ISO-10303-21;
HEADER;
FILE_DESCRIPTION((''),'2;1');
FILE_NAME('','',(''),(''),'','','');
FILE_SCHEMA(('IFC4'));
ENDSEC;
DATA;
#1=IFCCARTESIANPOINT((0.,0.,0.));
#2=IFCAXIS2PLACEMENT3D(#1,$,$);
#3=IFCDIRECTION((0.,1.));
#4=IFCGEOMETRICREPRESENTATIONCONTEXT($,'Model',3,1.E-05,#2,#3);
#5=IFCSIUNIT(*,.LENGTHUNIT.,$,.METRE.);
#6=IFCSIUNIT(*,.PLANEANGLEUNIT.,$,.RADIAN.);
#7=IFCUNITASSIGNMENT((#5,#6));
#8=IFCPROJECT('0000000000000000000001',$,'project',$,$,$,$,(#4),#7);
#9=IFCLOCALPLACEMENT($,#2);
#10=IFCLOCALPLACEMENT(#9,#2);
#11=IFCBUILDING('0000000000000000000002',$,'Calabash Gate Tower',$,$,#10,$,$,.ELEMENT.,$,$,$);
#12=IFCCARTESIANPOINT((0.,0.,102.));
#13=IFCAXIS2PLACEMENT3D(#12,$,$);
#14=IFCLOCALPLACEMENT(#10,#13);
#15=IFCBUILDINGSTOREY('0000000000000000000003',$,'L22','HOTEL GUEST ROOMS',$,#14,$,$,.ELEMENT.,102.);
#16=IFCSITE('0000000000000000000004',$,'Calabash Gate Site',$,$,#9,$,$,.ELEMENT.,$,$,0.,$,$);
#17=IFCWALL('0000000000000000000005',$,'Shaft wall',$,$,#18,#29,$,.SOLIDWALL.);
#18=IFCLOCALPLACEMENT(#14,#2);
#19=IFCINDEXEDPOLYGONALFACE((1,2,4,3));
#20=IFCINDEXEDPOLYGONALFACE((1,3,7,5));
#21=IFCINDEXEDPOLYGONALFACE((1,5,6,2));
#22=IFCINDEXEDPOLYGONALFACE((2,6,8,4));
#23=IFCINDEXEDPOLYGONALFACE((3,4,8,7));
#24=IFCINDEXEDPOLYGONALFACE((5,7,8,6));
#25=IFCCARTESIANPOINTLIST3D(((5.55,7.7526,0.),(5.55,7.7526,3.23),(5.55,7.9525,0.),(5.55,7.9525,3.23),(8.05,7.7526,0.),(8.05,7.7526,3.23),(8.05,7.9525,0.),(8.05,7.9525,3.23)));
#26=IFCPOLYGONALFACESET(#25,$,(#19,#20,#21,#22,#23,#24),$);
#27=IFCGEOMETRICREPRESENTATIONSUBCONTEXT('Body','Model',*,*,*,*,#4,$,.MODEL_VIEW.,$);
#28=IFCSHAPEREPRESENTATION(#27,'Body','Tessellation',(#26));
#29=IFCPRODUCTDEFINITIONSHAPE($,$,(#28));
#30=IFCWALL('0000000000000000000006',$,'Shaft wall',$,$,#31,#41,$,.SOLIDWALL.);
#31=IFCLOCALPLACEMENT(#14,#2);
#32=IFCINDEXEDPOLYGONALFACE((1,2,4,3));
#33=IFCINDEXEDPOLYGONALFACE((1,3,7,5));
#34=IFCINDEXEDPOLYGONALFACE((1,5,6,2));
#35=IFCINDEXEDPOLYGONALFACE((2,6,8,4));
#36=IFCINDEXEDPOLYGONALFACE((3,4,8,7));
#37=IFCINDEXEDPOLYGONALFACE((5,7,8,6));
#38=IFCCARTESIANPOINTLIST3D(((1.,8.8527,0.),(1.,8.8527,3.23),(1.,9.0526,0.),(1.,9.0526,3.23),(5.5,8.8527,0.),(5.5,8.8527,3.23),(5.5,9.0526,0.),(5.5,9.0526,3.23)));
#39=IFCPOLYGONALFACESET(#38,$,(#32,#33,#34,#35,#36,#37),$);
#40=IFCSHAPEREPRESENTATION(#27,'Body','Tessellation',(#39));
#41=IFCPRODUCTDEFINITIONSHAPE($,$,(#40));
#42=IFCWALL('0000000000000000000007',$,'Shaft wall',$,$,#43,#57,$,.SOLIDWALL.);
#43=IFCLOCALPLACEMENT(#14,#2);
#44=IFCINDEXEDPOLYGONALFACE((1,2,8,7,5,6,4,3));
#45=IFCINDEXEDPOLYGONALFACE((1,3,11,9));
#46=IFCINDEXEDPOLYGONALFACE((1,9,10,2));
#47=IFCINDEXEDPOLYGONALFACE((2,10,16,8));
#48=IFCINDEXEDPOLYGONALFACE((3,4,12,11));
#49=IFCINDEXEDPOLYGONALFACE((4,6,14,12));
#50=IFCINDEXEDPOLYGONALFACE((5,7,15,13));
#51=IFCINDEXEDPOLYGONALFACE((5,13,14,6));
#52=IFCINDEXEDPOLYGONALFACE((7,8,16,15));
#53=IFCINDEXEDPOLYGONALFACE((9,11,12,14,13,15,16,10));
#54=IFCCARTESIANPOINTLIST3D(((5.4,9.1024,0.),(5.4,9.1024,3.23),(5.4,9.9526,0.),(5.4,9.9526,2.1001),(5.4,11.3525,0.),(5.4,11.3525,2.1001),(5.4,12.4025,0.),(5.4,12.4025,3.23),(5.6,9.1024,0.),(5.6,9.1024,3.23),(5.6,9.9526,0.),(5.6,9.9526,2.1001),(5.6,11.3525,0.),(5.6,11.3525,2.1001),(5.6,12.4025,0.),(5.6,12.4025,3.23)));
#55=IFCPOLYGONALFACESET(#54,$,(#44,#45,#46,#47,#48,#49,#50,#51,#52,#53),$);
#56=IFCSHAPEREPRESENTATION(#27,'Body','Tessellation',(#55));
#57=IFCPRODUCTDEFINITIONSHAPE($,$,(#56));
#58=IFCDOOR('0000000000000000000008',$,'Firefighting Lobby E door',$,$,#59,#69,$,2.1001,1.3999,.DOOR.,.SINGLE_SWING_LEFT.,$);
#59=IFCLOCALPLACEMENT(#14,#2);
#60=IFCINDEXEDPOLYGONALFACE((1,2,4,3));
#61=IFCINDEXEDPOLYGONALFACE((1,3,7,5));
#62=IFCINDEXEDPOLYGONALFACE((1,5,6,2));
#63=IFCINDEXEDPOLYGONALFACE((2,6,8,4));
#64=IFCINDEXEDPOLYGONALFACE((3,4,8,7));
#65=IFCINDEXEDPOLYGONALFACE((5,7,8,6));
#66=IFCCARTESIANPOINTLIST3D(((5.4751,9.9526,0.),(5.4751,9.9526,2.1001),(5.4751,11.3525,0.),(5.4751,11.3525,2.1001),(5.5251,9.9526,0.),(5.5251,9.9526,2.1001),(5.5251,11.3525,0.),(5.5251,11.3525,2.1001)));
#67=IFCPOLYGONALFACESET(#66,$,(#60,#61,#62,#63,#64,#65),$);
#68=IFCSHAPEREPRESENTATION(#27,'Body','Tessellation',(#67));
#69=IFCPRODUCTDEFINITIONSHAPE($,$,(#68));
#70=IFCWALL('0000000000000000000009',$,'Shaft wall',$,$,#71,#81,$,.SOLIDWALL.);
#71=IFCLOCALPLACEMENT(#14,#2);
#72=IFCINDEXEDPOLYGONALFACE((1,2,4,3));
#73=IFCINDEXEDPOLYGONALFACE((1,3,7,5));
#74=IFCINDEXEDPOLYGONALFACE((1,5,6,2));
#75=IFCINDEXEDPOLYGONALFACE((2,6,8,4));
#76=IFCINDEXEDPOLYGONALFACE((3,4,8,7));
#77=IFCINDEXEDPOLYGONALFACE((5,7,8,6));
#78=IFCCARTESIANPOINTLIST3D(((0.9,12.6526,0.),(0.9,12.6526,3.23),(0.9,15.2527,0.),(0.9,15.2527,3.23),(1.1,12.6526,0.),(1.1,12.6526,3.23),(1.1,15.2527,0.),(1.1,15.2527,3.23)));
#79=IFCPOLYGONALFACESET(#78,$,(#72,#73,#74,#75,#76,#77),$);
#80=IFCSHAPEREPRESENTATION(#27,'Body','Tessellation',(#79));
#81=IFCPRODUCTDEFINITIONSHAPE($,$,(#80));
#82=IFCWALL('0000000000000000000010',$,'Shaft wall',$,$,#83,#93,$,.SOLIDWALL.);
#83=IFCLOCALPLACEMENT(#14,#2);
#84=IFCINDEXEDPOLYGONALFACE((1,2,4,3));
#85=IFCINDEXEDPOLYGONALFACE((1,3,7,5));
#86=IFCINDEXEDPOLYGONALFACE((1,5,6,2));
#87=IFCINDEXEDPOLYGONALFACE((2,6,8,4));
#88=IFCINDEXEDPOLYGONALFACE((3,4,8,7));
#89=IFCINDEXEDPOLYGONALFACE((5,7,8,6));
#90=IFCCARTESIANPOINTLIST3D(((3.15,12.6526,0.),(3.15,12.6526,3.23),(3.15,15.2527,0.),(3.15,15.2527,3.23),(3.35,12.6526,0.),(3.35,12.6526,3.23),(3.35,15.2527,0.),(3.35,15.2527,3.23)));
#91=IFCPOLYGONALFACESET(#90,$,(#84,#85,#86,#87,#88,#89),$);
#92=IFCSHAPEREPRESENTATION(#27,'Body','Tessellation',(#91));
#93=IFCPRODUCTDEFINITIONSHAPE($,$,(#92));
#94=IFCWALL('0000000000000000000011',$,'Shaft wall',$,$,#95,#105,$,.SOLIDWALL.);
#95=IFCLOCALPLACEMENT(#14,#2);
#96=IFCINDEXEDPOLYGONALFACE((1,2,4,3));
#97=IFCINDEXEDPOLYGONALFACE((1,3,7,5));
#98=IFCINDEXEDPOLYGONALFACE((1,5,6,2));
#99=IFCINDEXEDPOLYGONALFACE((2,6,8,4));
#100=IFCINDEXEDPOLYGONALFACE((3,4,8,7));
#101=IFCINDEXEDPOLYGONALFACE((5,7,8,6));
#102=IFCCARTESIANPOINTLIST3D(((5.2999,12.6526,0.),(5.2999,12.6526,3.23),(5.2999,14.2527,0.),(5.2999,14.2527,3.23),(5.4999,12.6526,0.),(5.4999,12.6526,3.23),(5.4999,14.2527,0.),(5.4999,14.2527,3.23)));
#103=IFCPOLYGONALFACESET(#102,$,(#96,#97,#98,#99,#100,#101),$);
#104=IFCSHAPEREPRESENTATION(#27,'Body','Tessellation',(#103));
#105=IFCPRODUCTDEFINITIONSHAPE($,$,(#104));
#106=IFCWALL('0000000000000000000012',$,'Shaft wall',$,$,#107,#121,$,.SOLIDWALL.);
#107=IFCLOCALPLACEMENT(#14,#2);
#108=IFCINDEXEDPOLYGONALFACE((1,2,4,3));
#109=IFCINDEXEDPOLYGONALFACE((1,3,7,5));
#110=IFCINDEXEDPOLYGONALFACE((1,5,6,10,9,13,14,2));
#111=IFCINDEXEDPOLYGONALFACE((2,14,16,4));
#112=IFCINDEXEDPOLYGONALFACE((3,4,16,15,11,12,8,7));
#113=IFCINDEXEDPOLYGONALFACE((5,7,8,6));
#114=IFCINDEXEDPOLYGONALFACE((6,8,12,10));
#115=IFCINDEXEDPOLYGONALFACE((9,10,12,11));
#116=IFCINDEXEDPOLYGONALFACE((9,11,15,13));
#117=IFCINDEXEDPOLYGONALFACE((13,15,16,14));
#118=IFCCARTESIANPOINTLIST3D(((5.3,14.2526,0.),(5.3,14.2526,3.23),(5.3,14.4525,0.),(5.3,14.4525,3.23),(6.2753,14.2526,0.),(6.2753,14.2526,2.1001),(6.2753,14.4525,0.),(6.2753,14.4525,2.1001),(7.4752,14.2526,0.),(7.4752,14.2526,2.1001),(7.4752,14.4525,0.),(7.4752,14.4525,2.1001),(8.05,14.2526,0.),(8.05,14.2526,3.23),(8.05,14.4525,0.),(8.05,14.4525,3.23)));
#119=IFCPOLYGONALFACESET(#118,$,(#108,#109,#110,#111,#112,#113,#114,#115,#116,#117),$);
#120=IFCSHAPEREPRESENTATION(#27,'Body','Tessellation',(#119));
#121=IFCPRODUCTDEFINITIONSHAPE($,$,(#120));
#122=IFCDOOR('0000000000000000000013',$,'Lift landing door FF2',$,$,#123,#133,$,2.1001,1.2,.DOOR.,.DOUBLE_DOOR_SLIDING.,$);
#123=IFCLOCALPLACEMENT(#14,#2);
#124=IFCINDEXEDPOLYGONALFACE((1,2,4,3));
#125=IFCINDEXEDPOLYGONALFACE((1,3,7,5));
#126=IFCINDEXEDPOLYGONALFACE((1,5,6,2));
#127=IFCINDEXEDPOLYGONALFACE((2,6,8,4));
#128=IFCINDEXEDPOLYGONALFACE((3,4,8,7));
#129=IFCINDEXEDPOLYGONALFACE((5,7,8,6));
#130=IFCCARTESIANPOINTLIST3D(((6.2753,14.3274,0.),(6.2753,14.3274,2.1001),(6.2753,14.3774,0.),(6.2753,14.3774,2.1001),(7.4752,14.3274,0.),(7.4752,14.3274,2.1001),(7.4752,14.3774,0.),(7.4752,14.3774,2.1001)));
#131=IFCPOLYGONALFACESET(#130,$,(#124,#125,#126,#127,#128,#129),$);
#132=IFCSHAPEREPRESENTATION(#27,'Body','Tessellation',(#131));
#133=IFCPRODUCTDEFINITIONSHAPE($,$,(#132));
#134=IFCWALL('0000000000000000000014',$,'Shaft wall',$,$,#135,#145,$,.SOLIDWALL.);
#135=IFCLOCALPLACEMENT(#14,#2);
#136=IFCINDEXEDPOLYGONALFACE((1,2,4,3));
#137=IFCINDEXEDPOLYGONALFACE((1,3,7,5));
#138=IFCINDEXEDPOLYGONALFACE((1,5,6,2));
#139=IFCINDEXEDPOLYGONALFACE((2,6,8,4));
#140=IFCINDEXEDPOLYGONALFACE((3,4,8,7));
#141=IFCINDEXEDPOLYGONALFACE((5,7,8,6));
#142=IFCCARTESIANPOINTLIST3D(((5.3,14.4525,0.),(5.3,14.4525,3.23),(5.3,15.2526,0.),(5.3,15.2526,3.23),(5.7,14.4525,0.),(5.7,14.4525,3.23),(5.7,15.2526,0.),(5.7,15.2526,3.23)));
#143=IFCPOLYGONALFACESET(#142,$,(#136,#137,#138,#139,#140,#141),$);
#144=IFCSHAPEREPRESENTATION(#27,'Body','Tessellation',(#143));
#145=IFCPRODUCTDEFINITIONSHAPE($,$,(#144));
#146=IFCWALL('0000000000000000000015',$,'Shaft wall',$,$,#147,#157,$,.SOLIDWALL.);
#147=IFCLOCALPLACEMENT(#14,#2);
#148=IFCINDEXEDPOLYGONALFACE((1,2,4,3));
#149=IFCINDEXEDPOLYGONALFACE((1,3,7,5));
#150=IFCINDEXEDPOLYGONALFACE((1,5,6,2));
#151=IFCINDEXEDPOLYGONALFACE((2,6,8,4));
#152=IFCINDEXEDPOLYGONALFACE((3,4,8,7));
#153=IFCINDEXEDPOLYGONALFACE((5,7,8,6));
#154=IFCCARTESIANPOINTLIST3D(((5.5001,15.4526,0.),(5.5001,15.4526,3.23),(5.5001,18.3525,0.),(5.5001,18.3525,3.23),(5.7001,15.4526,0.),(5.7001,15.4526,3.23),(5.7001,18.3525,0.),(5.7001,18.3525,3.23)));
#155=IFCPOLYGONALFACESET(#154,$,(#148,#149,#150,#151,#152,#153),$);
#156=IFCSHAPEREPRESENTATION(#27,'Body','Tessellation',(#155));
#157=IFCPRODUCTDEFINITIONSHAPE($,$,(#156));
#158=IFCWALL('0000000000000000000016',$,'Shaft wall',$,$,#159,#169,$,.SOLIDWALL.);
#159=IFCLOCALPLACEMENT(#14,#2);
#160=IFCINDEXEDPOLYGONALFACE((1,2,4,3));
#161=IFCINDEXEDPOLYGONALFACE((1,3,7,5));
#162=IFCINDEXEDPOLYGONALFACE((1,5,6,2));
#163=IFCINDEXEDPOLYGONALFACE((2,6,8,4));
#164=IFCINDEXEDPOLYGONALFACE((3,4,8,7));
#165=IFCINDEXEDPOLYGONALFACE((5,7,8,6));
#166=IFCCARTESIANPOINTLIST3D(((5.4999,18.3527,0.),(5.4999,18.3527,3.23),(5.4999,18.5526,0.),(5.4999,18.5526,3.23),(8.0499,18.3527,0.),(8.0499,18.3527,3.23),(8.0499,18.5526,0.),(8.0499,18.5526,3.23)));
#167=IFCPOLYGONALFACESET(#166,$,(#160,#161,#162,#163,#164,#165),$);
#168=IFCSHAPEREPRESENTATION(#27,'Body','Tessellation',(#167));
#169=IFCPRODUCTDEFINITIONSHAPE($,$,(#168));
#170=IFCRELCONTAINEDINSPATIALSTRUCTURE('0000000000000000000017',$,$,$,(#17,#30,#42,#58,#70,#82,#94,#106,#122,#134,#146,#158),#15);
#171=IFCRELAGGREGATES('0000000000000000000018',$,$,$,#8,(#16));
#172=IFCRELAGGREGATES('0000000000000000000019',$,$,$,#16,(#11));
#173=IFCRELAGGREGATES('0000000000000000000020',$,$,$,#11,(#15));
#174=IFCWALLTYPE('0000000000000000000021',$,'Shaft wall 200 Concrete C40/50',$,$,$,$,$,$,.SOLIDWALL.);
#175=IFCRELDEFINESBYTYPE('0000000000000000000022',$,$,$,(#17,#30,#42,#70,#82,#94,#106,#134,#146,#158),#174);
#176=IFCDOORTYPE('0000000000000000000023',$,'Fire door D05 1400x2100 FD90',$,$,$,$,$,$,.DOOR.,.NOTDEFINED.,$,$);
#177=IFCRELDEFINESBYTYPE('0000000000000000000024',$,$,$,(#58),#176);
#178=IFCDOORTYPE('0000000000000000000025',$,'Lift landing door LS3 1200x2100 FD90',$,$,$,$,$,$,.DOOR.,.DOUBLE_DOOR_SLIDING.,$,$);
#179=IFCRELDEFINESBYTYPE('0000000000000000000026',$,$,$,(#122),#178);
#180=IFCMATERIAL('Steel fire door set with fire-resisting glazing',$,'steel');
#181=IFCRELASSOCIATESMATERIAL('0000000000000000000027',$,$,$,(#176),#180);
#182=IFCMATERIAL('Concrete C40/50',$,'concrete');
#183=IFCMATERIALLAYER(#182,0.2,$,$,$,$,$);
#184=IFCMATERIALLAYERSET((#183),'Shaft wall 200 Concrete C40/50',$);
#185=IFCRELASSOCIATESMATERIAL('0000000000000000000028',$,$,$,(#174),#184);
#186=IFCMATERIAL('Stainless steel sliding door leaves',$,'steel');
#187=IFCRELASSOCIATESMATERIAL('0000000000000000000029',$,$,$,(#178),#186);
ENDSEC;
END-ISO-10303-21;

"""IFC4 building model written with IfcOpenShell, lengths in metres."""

from ifc_helpers import new_model, si_unit, direction, frame, frame_2d, origin, place, context, subcontext, project, spatial, rectangle, extrude, material, layer, layer_set, type_object, element, fill, save


model = new_model("IFC4")

# Units and contexts
model_context = context("Model", 3, precision=1e-05, world=origin(), true_north=direction((0.0, 1.0)))
body_context = subcontext(model_context, "Body", "Model", "MODEL_VIEW")
ifc_project = project(units=[si_unit("LENGTHUNIT", "METRE"), si_unit("PLANEANGLEUNIT", "RADIAN")], contexts=[model_context])

# Site, building, storey
site_placement = place(None, origin())
site = spatial("IfcSite", under=ifc_project, at=site_placement, Name="Calabash Gate Site", CompositionType="ELEMENT", RefElevation=0.0)
building_placement = place(site_placement, origin())
building = spatial("IfcBuilding", under=site, at=building_placement, Name="Calabash Gate Tower", CompositionType="ELEMENT")
storey_placement = place(building_placement, frame((0.0, 0.0, 102.0)))
storey = spatial("IfcBuildingStorey", under=building, at=storey_placement, Name="L22", Description="HOTEL GUEST ROOMS", CompositionType="ELEMENT", Elevation=102.0)

# Shared definitions
ifc_material_1 = material(Name="Steel fire door set with fire-resisting glazing", Category="steel")
door_type_1 = type_object("IfcDoorType", Name="Fire door D05 1400x2100 FD90", OperationType="NOTDEFINED", PredefinedType="DOOR", material=ifc_material_1)

# Walls
ifc_material_2 = material(Name="Concrete C40/50", Category="concrete")
ifc_layer_1 = layer(ifc_material_2, 0.2)
ifc_layer_set_1 = layer_set([ifc_layer_1], Name="Shaft wall 200 Concrete C40/50")
wall_type_1 = type_object("IfcWallType", Name="Shaft wall 200 Concrete C40/50", PredefinedType="SOLIDWALL", material=ifc_layer_set_1)
for number, where, z_axis, x_axis, name in (
    (1, (5.55, 7.8525, 0.0), (0.0, 0.0, 1.0), (1.0, 0.0, 0.0), "Shaft wall"),
):
    element("IfcWall", number, at=place(storey_placement, frame(where, z_axis=z_axis, x_axis=x_axis)), inside=storey, type_object=wall_type_1, Name=name, PredefinedType="SOLIDWALL", context=body_context, shape_type="SweptSolid", body=[
        extrude(rectangle(XDim=2.5, YDim=0.2, at=frame_2d((1.25, 0.0))), origin(), (0.0, 0.0, 1.0), 3.23),
    ])
wall_1_placement = place(storey_placement, frame((1.0, 8.9526, 0.0), z_axis=(0.0, 0.0, 1.0), x_axis=(1.0, 0.0, 0.0)))
element("IfcWall", 2, at=wall_1_placement, inside=storey, type_object=wall_type_1, Name="Shaft wall", PredefinedType="SOLIDWALL", context=body_context, shape_type="SweptSolid", body=[
    extrude(rectangle(XDim=4.5, YDim=0.2, at=frame_2d((2.25, 0.0))), origin(), (0.0, 0.0, 1.0), 3.23),
])

# Wall, opening, door
wall_2_placement = place(storey_placement, frame((5.5, 9.1025, 0.0), z_axis=(0.0, 0.0, 1.0), x_axis=(0.0, 1.0, 0.0)))
wall_2 = element("IfcWall", 3, at=wall_2_placement, inside=storey, type_object=wall_type_1, Name="Shaft wall", PredefinedType="SOLIDWALL", context=body_context, shape_type="SweptSolid", body=[
    extrude(rectangle(XDim=3.3, YDim=0.2, at=frame_2d((1.6499, 0.0))), origin(), (0.0, 0.0, 1.0), 3.23),
])
opening_1_placement = place(wall_2_placement, frame((0.8501, 0.0, 0.0)))
opening_1 = element("IfcOpeningElement", 4, at=opening_1_placement, cuts=wall_2, PredefinedType="OPENING", context=body_context, shape_type="SweptSolid", body=[
    extrude(rectangle(XDim=1.3999, YDim=2.1001, at=frame_2d((0.7, 1.05))), frame((0.0, 0.1099, 0.0), z_axis=(0.0, -1.0, 0.0), x_axis=(1.0, 0.0, 0.0)), (0.0, 0.0, 1.0), 0.22),
])
door_1_placement = place(opening_1_placement, origin())
door_1 = element("IfcDoor", 5, at=door_1_placement, inside=storey, type_object=door_type_1, Name="Firefighting Lobby E door", OperationType="SINGLE_SWING_LEFT", OverallHeight=2.1001, OverallWidth=1.3999, PredefinedType="DOOR", context=body_context, shape_type="SweptSolid", body=[
    extrude(rectangle(XDim=1.3999, YDim=2.1001, at=frame_2d((0.7, 1.05))), frame((0.0, 0.0249, 0.0), z_axis=(0.0, -1.0, 0.0), x_axis=(1.0, 0.0, 0.0)), (0.0, 0.0, 1.0), 0.05),
])
fill(opening_1, door_1)

# Walls
for number, where, z_axis, x_axis, name in (
    (6, (1.0, 12.6526, 0.0), (0.0, 0.0, 1.0), (0.0, 1.0, 0.0), "Shaft wall"),
    (7, (3.25, 12.6526, 0.0), (0.0, 0.0, 1.0), (0.0, 1.0, 0.0), "Shaft wall"),
):
    element("IfcWall", number, at=place(storey_placement, frame(where, z_axis=z_axis, x_axis=x_axis)), inside=storey, type_object=wall_type_1, Name=name, PredefinedType="SOLIDWALL", context=body_context, shape_type="SweptSolid", body=[
        extrude(rectangle(XDim=2.6001, YDim=0.2, at=frame_2d((1.3, 0.0))), origin(), (0.0, 0.0, 1.0), 3.23),
    ])
wall_3_placement = place(storey_placement, frame((5.3999, 12.6526, 0.0), z_axis=(0.0, 0.0, 1.0), x_axis=(0.0, 1.0, 0.0)))
element("IfcWall", 8, at=wall_3_placement, inside=storey, type_object=wall_type_1, Name="Shaft wall", PredefinedType="SOLIDWALL", context=body_context, shape_type="SweptSolid", body=[
    extrude(rectangle(XDim=1.6001, YDim=0.2, at=frame_2d((0.8, 0.0))), origin(), (0.0, 0.0, 1.0), 3.23),
])

# Wall, opening, door
wall_4_placement = place(storey_placement, frame((5.3, 14.3525, 0.0), z_axis=(0.0, 0.0, 1.0), x_axis=(1.0, 0.0, 0.0)))
wall_4 = element("IfcWall", 9, at=wall_4_placement, inside=storey, type_object=wall_type_1, Name="Shaft wall", PredefinedType="SOLIDWALL", context=body_context, shape_type="SweptSolid", body=[
    extrude(rectangle(XDim=2.75, YDim=0.2, at=frame_2d((1.375, 0.0))), origin(), (0.0, 0.0, 1.0), 3.23),
])
opening_2_placement = place(wall_4_placement, frame((0.9751, 0.0, 0.0)))
opening_2 = element("IfcOpeningElement", 10, at=opening_2_placement, cuts=wall_4, PredefinedType="OPENING", context=body_context, shape_type="SweptSolid", body=[
    extrude(rectangle(XDim=1.2, YDim=2.1001, at=frame_2d((0.6001, 1.05))), frame((0.0, 0.1099, 0.0), z_axis=(0.0, -1.0, 0.0), x_axis=(1.0, 0.0, 0.0)), (0.0, 0.0, 1.0), 0.22),
])
ifc_material_3 = material(Name="Stainless steel sliding door leaves", Category="steel")
door_type_2 = type_object("IfcDoorType", Name="Lift landing door LS3 1200x2100 FD90", OperationType="DOUBLE_DOOR_SLIDING", PredefinedType="DOOR", material=ifc_material_3)
door_2_placement = place(opening_2_placement, origin())
door_2 = element("IfcDoor", 11, at=door_2_placement, inside=storey, type_object=door_type_2, Name="Lift landing door FF2", OperationType="DOUBLE_DOOR_SLIDING", OverallHeight=2.1001, OverallWidth=1.2, PredefinedType="DOOR", context=body_context, shape_type="SweptSolid", body=[
    extrude(rectangle(XDim=1.2, YDim=2.1001, at=frame_2d((0.6001, 1.05))), frame((0.0, 0.0249, 0.0), z_axis=(0.0, -1.0, 0.0), x_axis=(1.0, 0.0, 0.0)), (0.0, 0.0, 1.0), 0.05),
])
fill(opening_2, door_2)

# Walls
wall_5_placement = place(storey_placement, frame((5.5, 14.4526, 0.0), z_axis=(0.0, 0.0, 1.0), x_axis=(0.0, 1.0, 0.0)))
element("IfcWall", 12, at=wall_5_placement, inside=storey, type_object=wall_type_1, Name="Shaft wall", PredefinedType="SOLIDWALL", context=body_context, shape_type="SweptSolid", body=[
    extrude(rectangle(XDim=0.8, YDim=0.3999, at=frame_2d((0.3999, 0.0))), origin(), (0.0, 0.0, 1.0), 3.23),
])
wall_6_placement = place(storey_placement, frame((5.6001, 15.4526, 0.0), z_axis=(0.0, 0.0, 1.0), x_axis=(0.0, 1.0, 0.0)))
element("IfcWall", 13, at=wall_6_placement, inside=storey, type_object=wall_type_1, Name="Shaft wall", PredefinedType="SOLIDWALL", context=body_context, shape_type="SweptSolid", body=[
    extrude(rectangle(XDim=2.8999, YDim=0.2, at=frame_2d((1.45, 0.0))), origin(), (0.0, 0.0, 1.0), 3.23),
])
wall_7_placement = place(storey_placement, frame((5.5, 18.4526, 0.0), z_axis=(0.0, 0.0, 1.0), x_axis=(1.0, 0.0, 0.0)))
element("IfcWall", 14, at=wall_7_placement, inside=storey, type_object=wall_type_1, Name="Shaft wall", PredefinedType="SOLIDWALL", context=body_context, shape_type="SweptSolid", body=[
    extrude(rectangle(XDim=2.55, YDim=0.2, at=frame_2d((1.2749, 0.0))), origin(), (0.0, 0.0, 1.0), 3.23),
])

save(model, "model.ifc")
